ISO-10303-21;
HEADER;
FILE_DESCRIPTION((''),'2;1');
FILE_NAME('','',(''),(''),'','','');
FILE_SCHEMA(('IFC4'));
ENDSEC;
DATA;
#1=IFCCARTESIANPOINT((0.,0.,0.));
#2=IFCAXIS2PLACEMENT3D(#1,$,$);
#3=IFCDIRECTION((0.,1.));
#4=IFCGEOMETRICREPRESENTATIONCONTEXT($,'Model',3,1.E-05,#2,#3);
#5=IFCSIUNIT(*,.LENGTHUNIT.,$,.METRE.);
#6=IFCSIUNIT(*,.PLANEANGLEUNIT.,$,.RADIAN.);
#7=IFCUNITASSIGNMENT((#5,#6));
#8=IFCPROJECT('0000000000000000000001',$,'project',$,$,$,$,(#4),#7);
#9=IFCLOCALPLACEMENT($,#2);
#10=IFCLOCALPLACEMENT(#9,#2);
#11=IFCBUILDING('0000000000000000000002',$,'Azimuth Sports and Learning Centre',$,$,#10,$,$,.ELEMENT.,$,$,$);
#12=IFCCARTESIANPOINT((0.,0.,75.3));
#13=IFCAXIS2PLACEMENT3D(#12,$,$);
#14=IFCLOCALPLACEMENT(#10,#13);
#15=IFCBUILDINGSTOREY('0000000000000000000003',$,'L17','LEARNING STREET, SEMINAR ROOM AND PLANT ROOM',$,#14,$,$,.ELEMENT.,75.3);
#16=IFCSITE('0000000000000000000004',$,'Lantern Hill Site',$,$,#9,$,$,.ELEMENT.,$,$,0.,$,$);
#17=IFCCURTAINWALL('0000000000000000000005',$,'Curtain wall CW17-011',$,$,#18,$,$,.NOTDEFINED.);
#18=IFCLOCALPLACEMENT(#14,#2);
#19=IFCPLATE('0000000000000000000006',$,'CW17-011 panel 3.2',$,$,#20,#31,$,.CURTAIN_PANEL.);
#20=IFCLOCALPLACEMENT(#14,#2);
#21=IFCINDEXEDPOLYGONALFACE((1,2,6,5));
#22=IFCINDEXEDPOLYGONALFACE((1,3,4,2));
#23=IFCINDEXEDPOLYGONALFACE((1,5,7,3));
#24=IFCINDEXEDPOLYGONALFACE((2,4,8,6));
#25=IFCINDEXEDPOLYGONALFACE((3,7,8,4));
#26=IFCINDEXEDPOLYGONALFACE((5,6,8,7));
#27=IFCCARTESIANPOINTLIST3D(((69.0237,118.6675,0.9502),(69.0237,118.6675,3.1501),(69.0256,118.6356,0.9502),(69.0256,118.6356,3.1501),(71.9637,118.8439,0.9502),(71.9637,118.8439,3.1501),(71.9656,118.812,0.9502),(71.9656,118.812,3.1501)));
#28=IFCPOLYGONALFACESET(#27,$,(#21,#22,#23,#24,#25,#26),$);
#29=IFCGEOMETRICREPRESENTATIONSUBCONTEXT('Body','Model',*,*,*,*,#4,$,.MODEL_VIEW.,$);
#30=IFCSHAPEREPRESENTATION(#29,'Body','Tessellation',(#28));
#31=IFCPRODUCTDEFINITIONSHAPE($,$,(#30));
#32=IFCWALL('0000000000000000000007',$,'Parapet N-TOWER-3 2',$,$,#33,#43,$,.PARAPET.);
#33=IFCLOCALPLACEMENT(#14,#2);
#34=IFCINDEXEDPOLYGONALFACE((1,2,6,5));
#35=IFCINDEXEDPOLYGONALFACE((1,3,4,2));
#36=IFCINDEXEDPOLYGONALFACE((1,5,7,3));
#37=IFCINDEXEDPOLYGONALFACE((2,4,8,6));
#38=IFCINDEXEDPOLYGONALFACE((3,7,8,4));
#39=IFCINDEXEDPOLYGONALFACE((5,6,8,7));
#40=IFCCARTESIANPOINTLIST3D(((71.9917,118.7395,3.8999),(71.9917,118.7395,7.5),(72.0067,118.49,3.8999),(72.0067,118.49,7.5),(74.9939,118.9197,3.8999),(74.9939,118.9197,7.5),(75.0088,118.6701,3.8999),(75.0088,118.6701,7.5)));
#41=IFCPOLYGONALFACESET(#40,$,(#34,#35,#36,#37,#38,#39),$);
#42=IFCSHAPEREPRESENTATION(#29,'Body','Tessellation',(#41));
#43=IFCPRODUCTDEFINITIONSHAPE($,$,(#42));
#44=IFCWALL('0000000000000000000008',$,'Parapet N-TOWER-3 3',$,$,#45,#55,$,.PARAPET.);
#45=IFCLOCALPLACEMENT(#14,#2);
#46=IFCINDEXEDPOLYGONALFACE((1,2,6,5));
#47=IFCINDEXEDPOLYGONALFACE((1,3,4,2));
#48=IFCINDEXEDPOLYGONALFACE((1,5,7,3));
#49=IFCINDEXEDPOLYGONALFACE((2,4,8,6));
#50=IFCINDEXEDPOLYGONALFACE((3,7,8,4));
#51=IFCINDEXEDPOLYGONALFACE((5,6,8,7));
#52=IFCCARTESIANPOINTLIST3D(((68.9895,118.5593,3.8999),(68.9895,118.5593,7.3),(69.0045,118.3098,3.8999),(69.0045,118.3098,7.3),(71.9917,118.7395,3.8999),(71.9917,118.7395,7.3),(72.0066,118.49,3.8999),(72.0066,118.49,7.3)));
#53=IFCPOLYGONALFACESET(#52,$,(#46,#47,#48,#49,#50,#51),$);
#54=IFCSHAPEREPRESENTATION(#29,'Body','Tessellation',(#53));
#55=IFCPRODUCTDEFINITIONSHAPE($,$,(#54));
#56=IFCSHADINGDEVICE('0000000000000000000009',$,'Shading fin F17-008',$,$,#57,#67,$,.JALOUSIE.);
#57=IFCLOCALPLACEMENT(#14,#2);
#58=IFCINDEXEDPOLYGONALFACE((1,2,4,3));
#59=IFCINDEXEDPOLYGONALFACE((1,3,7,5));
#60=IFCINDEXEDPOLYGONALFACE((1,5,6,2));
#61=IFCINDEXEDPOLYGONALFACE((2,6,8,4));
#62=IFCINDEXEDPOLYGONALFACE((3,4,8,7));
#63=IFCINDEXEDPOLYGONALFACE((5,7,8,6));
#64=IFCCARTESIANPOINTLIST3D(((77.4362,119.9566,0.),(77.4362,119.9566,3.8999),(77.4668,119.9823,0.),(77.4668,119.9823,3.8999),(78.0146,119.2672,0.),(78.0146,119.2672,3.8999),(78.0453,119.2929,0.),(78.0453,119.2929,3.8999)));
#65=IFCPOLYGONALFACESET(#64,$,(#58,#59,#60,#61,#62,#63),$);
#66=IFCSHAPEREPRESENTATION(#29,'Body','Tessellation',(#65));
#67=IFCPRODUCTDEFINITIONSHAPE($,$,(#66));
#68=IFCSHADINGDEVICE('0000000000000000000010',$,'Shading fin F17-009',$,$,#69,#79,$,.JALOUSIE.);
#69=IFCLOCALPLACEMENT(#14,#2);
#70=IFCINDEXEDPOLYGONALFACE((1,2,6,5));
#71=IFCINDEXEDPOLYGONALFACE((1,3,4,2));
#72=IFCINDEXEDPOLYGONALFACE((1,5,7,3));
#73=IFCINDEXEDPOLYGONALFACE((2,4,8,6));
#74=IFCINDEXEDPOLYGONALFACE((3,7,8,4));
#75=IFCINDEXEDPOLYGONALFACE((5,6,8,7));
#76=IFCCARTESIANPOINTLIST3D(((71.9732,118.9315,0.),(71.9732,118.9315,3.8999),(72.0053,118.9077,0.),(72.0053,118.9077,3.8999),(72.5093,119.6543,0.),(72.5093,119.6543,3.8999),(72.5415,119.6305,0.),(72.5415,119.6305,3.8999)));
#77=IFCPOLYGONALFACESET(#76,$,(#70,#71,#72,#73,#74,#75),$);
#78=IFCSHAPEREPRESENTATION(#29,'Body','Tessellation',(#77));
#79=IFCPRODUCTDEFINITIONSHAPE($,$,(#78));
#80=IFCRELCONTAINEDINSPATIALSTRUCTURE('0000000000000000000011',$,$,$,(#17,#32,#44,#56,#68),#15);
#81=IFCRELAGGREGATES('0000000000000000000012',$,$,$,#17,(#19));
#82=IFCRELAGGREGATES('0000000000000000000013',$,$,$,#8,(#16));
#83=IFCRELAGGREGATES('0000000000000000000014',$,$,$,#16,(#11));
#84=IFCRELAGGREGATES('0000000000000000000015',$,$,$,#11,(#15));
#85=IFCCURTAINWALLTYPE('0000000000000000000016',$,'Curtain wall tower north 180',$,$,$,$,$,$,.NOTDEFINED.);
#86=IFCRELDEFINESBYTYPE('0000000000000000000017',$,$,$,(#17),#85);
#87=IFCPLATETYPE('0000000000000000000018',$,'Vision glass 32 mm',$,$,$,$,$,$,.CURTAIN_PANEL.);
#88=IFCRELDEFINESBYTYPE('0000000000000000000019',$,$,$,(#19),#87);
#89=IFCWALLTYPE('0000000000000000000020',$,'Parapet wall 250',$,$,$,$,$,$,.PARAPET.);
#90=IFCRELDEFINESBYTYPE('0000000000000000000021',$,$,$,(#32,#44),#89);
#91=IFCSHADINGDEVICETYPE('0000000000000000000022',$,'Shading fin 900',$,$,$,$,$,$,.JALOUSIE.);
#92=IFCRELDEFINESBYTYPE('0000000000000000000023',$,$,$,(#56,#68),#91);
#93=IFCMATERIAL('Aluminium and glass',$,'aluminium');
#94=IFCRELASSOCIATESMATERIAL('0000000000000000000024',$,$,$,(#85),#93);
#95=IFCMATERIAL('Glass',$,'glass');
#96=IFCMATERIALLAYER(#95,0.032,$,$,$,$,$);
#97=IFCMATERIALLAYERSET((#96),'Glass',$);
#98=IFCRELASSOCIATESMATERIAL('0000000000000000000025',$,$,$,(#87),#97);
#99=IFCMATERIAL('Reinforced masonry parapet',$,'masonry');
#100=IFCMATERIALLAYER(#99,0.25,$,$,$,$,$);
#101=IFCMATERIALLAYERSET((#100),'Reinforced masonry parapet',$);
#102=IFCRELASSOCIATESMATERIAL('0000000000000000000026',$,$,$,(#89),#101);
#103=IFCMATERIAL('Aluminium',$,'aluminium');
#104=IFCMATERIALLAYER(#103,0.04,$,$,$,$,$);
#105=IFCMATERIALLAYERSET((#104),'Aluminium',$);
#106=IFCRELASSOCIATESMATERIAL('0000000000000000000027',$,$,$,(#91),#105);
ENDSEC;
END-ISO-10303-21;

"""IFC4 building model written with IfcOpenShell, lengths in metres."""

from ifc_helpers import new_model, si_unit, direction, frame, frame_2d, origin, origin_2d, place, context, subcontext, project, spatial, rectangle, extrude, material, layer, layer_set, type_object, element, aggregate, save


model = new_model("IFC4")

# Units and contexts
model_context = context("Model", 3, precision=1e-05, world=origin(), true_north=direction((0.0, 1.0)))
body_context = subcontext(model_context, "Body", "Model", "MODEL_VIEW")
ifc_project = project(units=[si_unit("LENGTHUNIT", "METRE"), si_unit("PLANEANGLEUNIT", "RADIAN")], contexts=[model_context])

# Site, building, storey
site_placement = place(None, origin())
site = spatial("IfcSite", under=ifc_project, at=site_placement, Name="Lantern Hill Site", CompositionType="ELEMENT", RefElevation=0.0)
building_placement = place(site_placement, origin())
building = spatial("IfcBuilding", under=site, at=building_placement, Name="Azimuth Sports and Learning Centre", CompositionType="ELEMENT")
storey_placement = place(building_placement, frame((0.0, 0.0, 75.3)))
storey = spatial("IfcBuildingStorey", under=building, at=storey_placement, Name="L17", Description="LEARNING STREET, SEMINAR ROOM AND PLANT ROOM", CompositionType="ELEMENT", Elevation=75.3)

# Curtain wall, plate
ifc_material_1 = material(Name="Aluminium and glass", Category="aluminium")
curtain_wall_type = type_object("IfcCurtainWallType", Name="Curtain wall tower north 180", PredefinedType="NOTDEFINED", material=ifc_material_1)
curtain_wall_placement = place(storey_placement, origin())
curtain_wall = element("IfcCurtainWall", 1, at=curtain_wall_placement, inside=storey, type_object=curtain_wall_type, Name="Curtain wall CW17-011", PredefinedType="NOTDEFINED")
ifc_material_2 = material(Name="Glass", Category="glass")
ifc_layer_1 = layer(ifc_material_2, 0.032)
ifc_layer_set_1 = layer_set([ifc_layer_1], Name="Glass")
plate_type_1 = type_object("IfcPlateType", Name="Vision glass 32 mm", PredefinedType="CURTAIN_PANEL", material=ifc_layer_set_1)
plate_1_placement = place(storey_placement, frame((70.4946, 118.7397, 0.9502), z_axis=(0.0, 0.0, 1.0), x_axis=(-0.998205, -0.059892, 0.0)))
plate_1 = element("IfcPlate", 2, at=plate_1_placement, type_object=plate_type_1, Name="CW17-011 panel 3.2", PredefinedType="CURTAIN_PANEL", context=body_context, shape_type="SweptSolid", body=[
    extrude(rectangle(XDim=2.9453, YDim=0.032, at=origin_2d()), origin(), (0.0, 0.0, 1.0), 2.2),
])
aggregate(curtain_wall, [plate_1])

# Walls
ifc_material_3 = material(Name="Reinforced masonry parapet", Category="masonry")
ifc_layer_2 = layer(ifc_material_3, 0.25)
ifc_layer_set_2 = layer_set([ifc_layer_2], Name="Reinforced masonry parapet")
wall_type = type_object("IfcWallType", Name="Parapet wall 250", PredefinedType="PARAPET", material=ifc_layer_set_2)
wall_1_placement = place(storey_placement, frame((75.0015, 118.7949, 3.8999), z_axis=(0.0, 0.0, 1.0), x_axis=(-0.998204, -0.059907, 0.0)))
element("IfcWall", 3, at=wall_1_placement, inside=storey, type_object=wall_type, Name="Parapet N-TOWER-3 2", PredefinedType="PARAPET", context=body_context, shape_type="SweptSolid", body=[
    extrude(rectangle(XDim=3.0076, YDim=0.25, at=frame_2d((1.5039, 0.0))), origin(), (0.0, 0.0, 1.0), 3.6001),
])
wall_2_placement = place(storey_placement, frame((71.9993, 118.6147, 3.8999), z_axis=(0.0, 0.0, 1.0), x_axis=(-0.998204, -0.059907, 0.0)))
element("IfcWall", 4, at=wall_2_placement, inside=storey, type_object=wall_type, Name="Parapet N-TOWER-3 3", PredefinedType="PARAPET", context=body_context, shape_type="SweptSolid", body=[
    extrude(rectangle(XDim=3.0076, YDim=0.25, at=frame_2d((1.5039, 0.0))), origin(), (0.0, 0.0, 1.0), 3.4001),
])

# Shading devices
ifc_material_4 = material(Name="Aluminium", Category="aluminium")
ifc_layer_3 = layer(ifc_material_4, 0.04)
ifc_layer_set_3 = layer_set([ifc_layer_3], Name="Aluminium")
shading_device_type = type_object("IfcShadingDeviceType", Name="Shading fin 900", PredefinedType="JALOUSIE", material=ifc_layer_set_3)
for number, where, z_axis, x_axis, name in (
    (5, (77.7407, 119.6248, 0.0), (0.0, 0.0, 1.0), (-0.642788, 0.766044, 0.0), "Shading fin F17-008"),
    (6, (72.2573, 119.281, 0.0), (0.0, 0.0, 1.0), (0.595754, 0.803167, 0.0), "Shading fin F17-009"),
):
    element("IfcShadingDevice", number, at=place(storey_placement, frame(where, z_axis=z_axis, x_axis=x_axis)), inside=storey, type_object=shading_device_type, Name=name, PredefinedType="JALOUSIE", context=body_context, shape_type="SweptSolid", body=[
        extrude(rectangle(XDim=0.8999, YDim=0.04, at=origin_2d()), origin(), (0.0, 0.0, 1.0), 3.8999),
    ])

save(model, "model.ifc")
